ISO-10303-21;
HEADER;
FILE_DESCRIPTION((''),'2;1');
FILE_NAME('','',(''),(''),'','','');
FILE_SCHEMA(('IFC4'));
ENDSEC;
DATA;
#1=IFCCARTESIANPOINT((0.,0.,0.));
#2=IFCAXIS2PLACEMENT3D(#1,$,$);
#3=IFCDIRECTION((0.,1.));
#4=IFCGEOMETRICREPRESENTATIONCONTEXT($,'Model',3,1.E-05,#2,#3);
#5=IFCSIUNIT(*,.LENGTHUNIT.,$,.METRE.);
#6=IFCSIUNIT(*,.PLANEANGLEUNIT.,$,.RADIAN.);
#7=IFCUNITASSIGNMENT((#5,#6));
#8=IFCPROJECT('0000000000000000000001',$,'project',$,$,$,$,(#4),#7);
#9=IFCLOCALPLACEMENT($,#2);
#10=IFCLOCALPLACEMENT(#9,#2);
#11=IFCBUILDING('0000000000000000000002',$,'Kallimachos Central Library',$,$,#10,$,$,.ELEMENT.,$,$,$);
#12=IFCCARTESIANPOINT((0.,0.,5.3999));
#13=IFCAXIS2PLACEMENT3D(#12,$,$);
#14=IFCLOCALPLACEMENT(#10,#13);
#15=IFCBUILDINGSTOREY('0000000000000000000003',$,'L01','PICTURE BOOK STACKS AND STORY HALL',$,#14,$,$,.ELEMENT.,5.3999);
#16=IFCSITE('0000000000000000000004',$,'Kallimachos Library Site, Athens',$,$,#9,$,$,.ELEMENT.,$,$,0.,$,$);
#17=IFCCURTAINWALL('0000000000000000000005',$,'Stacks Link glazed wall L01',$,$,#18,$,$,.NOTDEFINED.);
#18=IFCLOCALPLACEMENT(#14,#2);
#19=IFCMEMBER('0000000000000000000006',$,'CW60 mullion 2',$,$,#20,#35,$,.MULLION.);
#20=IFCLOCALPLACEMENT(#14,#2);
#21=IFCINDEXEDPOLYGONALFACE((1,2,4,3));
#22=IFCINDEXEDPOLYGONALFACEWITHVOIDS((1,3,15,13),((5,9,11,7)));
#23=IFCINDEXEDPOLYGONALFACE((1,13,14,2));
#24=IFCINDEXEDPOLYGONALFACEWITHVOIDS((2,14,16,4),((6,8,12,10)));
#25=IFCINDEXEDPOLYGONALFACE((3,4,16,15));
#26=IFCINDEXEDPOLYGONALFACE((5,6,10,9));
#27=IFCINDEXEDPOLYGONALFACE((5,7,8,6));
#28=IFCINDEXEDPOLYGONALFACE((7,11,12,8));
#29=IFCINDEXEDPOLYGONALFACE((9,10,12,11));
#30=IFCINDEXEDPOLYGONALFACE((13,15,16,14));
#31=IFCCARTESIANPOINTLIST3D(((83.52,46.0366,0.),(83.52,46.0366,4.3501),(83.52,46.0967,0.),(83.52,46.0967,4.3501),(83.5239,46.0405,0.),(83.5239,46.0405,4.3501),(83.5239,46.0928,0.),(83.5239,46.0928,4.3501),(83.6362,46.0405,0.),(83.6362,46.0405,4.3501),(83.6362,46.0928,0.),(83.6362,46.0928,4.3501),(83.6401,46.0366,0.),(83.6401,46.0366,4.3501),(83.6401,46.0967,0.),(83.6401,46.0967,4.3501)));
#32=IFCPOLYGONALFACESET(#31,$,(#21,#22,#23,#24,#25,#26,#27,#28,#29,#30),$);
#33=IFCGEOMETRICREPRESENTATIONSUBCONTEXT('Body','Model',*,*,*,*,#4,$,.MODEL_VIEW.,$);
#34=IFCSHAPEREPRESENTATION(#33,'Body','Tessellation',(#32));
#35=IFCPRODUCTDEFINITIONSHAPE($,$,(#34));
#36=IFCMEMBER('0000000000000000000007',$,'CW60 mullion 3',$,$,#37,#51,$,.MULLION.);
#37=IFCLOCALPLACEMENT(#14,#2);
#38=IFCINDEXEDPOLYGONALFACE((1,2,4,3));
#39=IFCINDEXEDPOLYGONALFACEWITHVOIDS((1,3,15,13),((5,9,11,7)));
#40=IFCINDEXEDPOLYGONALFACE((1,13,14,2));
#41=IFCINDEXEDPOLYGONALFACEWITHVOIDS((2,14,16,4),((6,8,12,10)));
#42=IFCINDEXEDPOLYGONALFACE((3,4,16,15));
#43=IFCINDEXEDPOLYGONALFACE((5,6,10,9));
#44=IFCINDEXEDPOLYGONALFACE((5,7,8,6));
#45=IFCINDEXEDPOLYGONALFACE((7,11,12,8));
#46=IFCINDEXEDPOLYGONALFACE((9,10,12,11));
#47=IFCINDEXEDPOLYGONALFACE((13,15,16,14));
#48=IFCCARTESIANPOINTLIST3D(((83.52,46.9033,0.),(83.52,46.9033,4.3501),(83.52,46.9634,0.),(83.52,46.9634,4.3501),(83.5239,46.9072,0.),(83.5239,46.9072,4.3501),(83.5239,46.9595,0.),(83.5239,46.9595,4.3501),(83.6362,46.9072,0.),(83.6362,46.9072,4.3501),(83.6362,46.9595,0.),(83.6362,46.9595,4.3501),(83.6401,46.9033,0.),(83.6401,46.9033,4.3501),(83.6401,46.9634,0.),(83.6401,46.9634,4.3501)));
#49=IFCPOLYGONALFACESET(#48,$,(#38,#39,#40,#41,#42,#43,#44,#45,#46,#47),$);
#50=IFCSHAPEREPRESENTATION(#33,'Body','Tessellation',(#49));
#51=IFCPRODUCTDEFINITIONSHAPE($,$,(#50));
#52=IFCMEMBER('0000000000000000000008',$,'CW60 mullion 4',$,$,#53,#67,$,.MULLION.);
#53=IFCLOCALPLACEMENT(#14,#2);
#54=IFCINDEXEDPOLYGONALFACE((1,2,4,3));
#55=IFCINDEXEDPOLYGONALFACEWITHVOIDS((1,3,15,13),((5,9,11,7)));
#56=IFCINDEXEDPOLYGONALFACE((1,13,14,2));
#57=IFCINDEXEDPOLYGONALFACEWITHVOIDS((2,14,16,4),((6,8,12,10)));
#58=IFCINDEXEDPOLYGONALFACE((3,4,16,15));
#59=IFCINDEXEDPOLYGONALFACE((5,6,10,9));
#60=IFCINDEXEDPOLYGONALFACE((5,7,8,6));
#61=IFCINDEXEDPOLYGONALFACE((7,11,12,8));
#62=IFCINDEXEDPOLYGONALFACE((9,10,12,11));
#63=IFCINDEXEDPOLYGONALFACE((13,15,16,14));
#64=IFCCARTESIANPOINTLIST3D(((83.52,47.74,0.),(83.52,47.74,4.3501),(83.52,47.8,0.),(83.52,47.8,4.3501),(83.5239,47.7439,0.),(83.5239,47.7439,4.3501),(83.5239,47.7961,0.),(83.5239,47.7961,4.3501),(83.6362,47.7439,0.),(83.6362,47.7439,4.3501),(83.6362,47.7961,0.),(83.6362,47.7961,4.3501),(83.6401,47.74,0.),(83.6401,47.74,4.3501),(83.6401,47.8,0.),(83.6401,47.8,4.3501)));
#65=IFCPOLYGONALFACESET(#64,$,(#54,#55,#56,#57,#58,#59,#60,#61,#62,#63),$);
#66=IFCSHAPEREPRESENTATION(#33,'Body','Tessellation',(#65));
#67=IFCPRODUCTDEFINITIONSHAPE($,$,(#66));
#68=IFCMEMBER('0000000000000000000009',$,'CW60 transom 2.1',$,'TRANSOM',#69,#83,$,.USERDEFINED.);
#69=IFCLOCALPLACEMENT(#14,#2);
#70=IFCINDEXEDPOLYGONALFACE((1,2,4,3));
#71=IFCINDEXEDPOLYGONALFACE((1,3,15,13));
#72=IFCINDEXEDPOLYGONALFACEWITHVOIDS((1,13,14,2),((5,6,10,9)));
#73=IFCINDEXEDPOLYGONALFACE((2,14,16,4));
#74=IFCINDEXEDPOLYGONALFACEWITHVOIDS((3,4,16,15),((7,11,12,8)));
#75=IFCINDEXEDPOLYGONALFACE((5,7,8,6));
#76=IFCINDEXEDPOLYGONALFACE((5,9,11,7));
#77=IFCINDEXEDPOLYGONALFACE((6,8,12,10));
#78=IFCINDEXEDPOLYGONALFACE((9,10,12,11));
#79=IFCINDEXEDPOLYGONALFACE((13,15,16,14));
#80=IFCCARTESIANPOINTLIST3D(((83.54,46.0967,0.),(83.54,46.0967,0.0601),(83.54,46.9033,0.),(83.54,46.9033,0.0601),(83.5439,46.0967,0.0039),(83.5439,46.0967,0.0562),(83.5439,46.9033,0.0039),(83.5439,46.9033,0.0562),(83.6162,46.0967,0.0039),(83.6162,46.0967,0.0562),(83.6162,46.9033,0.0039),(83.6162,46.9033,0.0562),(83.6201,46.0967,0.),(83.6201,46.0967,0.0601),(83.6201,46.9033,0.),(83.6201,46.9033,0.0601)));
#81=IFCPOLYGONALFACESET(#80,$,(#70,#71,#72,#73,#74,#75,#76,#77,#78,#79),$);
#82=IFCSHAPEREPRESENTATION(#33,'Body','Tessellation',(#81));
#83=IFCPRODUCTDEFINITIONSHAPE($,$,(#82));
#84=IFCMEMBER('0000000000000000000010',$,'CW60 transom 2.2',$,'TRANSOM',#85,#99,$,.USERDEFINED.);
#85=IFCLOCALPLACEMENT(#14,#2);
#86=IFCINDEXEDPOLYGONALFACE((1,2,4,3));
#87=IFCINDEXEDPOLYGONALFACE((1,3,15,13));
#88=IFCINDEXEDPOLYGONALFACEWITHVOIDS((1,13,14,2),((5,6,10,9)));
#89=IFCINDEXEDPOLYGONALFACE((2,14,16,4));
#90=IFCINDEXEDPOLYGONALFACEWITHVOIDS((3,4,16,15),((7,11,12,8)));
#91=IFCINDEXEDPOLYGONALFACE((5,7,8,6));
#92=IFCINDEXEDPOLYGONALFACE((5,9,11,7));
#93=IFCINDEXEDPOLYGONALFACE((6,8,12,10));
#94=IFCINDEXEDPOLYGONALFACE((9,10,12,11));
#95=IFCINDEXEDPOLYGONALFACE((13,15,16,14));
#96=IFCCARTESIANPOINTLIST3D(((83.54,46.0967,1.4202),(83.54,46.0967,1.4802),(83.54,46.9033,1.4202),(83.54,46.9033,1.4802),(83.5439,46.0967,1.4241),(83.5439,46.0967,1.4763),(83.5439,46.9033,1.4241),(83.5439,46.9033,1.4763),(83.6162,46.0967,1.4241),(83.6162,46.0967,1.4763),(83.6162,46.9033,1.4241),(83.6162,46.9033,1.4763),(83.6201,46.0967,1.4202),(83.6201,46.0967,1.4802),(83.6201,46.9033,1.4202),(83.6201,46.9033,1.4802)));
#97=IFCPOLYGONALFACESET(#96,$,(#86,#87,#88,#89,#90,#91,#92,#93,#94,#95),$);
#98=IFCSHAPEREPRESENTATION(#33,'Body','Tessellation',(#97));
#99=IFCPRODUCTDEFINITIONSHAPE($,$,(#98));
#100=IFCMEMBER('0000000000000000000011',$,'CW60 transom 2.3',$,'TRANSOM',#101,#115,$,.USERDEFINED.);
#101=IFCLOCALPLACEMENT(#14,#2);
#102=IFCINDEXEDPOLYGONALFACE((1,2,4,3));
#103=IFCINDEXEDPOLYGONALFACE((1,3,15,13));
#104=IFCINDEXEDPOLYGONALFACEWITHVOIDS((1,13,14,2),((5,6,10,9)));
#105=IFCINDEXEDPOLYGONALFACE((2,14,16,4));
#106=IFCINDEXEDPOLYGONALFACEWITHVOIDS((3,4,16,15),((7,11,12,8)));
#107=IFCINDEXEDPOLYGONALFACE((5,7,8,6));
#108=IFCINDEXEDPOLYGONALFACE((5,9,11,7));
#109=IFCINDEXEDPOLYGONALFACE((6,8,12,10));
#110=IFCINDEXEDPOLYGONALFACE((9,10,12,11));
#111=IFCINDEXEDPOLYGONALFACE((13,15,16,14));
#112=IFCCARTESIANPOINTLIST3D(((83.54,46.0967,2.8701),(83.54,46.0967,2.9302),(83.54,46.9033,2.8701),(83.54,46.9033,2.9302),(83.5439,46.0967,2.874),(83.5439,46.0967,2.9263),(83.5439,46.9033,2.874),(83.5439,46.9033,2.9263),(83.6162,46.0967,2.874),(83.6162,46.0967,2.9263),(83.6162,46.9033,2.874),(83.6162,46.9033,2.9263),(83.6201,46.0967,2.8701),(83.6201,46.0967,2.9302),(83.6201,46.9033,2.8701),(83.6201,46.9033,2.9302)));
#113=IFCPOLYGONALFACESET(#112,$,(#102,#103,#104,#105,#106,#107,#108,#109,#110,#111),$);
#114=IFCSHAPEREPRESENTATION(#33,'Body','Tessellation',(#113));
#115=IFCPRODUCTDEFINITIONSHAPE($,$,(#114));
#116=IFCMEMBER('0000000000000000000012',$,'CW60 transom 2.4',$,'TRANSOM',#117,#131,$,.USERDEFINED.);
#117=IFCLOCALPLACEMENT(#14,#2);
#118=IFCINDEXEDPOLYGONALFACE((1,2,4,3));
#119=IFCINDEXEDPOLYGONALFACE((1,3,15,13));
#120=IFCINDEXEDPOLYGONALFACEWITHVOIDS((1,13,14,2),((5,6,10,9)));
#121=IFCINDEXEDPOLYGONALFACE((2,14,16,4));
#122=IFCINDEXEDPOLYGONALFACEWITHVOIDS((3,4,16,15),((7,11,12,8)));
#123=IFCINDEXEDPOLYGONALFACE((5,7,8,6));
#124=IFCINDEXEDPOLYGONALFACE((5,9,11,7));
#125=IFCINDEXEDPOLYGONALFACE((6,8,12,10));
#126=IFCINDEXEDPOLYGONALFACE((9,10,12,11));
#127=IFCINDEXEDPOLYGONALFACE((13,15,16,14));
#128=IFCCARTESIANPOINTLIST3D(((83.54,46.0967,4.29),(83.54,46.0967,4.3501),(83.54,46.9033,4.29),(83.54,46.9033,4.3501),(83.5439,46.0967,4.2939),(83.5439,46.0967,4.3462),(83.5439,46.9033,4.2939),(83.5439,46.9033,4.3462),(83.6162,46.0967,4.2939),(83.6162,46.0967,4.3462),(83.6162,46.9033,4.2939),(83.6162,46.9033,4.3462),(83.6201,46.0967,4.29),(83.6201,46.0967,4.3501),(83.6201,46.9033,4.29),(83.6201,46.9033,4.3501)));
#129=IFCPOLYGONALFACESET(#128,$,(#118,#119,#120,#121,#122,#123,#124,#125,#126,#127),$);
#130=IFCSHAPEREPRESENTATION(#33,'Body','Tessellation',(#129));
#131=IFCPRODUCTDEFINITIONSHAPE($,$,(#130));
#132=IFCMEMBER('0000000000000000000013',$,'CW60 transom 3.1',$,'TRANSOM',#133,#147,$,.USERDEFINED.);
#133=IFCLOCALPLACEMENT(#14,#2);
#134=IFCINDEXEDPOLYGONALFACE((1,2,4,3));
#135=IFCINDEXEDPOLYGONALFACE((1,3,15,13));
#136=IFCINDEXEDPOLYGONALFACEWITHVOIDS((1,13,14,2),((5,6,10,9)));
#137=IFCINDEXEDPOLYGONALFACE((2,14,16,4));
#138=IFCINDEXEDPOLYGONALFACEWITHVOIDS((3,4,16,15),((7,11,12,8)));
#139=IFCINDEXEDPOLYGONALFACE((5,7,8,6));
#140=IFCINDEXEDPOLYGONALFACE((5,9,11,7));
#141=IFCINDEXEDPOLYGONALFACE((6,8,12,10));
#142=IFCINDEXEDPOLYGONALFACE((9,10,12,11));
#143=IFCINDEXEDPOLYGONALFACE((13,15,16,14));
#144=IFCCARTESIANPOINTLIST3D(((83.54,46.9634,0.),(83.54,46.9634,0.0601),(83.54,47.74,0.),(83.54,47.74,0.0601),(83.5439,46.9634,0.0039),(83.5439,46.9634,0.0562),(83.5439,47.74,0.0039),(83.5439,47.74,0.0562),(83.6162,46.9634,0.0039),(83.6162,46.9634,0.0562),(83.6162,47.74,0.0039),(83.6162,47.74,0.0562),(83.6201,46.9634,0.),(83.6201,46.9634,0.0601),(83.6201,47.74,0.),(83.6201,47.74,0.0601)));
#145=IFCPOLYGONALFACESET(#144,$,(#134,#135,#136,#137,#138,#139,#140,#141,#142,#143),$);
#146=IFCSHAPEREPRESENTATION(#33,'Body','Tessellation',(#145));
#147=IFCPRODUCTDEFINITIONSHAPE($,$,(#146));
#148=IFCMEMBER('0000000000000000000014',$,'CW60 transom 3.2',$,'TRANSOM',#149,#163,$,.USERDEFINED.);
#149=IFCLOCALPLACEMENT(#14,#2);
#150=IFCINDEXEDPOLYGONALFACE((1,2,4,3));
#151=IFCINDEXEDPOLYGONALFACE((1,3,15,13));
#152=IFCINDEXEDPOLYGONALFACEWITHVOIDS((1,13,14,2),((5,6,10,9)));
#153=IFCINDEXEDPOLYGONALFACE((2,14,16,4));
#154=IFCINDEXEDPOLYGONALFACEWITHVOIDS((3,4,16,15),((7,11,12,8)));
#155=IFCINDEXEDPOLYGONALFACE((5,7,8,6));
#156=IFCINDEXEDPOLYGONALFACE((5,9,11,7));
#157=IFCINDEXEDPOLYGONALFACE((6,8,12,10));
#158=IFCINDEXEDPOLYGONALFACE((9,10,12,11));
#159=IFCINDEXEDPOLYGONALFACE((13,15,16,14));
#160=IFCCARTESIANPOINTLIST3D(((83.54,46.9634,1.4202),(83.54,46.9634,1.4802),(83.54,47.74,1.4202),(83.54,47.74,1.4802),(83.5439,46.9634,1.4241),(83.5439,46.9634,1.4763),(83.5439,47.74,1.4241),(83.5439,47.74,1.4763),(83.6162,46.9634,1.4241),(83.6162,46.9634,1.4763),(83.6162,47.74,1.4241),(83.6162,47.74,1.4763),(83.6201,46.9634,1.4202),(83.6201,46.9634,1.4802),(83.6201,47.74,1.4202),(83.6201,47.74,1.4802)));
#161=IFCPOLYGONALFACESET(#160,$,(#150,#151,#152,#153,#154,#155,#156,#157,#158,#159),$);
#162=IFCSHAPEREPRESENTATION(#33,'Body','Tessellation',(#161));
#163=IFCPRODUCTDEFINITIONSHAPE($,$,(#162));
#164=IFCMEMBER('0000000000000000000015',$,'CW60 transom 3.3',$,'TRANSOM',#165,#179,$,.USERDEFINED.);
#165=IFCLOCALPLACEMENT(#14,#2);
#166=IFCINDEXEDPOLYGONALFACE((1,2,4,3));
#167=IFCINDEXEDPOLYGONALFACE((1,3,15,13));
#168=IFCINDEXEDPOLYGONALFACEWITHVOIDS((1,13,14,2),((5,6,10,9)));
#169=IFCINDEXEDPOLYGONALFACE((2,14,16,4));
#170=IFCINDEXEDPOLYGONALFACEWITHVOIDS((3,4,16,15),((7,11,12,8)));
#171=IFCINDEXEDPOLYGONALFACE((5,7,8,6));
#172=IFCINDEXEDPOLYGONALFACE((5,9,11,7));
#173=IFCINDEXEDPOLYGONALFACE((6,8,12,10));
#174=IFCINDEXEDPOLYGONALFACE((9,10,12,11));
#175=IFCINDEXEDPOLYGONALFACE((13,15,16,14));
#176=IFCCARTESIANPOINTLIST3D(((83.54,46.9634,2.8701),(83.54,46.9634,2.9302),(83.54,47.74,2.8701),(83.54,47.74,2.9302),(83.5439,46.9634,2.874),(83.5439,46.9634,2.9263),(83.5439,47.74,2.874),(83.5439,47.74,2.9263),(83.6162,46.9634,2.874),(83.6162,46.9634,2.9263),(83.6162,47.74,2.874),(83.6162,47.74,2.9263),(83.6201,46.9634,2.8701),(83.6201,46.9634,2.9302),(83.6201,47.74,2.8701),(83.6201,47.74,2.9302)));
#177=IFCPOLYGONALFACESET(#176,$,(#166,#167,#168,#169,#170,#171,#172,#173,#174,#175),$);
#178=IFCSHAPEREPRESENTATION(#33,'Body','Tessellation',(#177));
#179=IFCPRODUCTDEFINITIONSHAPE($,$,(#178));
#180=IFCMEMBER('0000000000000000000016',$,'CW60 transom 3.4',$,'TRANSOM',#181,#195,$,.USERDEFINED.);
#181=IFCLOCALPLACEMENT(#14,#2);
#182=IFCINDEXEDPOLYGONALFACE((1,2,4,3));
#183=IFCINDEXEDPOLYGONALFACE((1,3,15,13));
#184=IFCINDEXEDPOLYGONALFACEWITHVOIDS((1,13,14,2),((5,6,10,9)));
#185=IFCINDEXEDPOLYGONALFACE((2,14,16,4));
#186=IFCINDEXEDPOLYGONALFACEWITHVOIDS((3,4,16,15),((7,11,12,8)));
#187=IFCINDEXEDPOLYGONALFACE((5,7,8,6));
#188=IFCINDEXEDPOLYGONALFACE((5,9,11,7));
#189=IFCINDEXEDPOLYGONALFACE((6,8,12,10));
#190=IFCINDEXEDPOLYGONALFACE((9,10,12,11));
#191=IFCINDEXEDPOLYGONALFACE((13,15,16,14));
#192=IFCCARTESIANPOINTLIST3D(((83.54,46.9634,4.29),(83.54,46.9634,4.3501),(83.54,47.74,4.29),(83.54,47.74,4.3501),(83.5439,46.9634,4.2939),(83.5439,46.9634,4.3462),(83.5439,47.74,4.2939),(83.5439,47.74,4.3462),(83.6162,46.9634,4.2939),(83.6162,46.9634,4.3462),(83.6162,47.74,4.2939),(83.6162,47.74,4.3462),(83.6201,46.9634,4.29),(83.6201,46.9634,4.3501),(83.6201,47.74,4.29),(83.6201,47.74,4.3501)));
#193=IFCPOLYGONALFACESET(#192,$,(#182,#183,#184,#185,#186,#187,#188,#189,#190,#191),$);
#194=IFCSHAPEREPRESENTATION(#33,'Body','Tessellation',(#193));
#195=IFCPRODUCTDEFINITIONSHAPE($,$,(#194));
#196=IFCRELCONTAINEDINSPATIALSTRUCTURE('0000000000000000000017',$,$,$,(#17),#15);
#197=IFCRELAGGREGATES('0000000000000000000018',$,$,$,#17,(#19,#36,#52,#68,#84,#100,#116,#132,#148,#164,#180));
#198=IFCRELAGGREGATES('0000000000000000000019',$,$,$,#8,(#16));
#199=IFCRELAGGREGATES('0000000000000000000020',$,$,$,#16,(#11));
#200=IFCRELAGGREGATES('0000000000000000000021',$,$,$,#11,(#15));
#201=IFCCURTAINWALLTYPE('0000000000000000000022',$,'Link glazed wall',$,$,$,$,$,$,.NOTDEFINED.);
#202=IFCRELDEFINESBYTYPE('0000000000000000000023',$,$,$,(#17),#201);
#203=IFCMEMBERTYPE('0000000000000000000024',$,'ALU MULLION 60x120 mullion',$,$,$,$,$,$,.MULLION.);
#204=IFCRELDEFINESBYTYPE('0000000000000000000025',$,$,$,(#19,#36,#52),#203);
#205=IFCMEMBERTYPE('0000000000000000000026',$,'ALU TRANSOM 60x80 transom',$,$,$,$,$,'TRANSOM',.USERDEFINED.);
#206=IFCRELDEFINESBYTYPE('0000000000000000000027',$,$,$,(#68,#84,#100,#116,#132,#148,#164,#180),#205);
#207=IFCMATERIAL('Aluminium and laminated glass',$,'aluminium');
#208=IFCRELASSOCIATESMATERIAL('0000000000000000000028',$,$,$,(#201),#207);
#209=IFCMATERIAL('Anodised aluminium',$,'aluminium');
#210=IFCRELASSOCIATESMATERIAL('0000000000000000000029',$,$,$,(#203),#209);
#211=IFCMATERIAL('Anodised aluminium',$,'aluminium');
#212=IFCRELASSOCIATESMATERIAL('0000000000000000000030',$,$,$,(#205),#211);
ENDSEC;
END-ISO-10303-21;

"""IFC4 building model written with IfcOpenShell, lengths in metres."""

from ifc_helpers import new_model, si_unit, direction, frame, origin, origin_2d, place, context, subcontext, project, spatial, hollow_rectangle, extrude, material, material_profile, profile_set, type_object, element, aggregate, save


model = new_model("IFC4")

# Units and contexts
model_context = context("Model", 3, precision=1e-05, world=origin(), true_north=direction((0.0, 1.0)))
body_context = subcontext(model_context, "Body", "Model", "MODEL_VIEW")
ifc_project = project(units=[si_unit("LENGTHUNIT", "METRE"), si_unit("PLANEANGLEUNIT", "RADIAN")], contexts=[model_context])

# Site, building, storey
site_placement = place(None, origin())
site = spatial("IfcSite", under=ifc_project, at=site_placement, Name="Kallimachos Library Site, Athens", CompositionType="ELEMENT", RefElevation=0.0)
building_placement = place(site_placement, origin())
building = spatial("IfcBuilding", under=site, at=building_placement, Name="Kallimachos Central Library", CompositionType="ELEMENT")
storey_placement = place(building_placement, frame((0.0, 0.0, 5.3999)))
storey = spatial("IfcBuildingStorey", under=building, at=storey_placement, Name="L01", Description="PICTURE BOOK STACKS AND STORY HALL", CompositionType="ELEMENT", Elevation=5.3999)

# Curtain wall, members
ifc_material_1 = material(Name="Aluminium and laminated glass", Category="aluminium")
curtain_wall_type = type_object("IfcCurtainWallType", Name="Link glazed wall", PredefinedType="NOTDEFINED", material=ifc_material_1)
curtain_wall_placement = place(storey_placement, origin())
curtain_wall = element("IfcCurtainWall", 1, at=curtain_wall_placement, inside=storey, type_object=curtain_wall_type, Name="Stacks Link glazed wall L01", PredefinedType="NOTDEFINED")
ifc_material_2 = material(Name="Anodised aluminium", Category="aluminium")
ifc_material_profile_1 = material_profile(ifc_material_2, hollow_rectangle(XDim=0.0601, YDim=0.1201, WallThickness=0.0039, at=origin_2d()), Name="ALU MULLION 60x120")
ifc_profile_set_1 = profile_set([ifc_material_profile_1], Name="Anodised aluminium")
member_type_1 = type_object("IfcMemberType", Name="ALU MULLION 60x120 mullion", PredefinedType="MULLION", material=ifc_profile_set_1)
member_1_placement = place(storey_placement, frame((83.5801, 46.0667, 0.0), z_axis=(0.0, 0.0, 1.0), x_axis=(0.0, 1.0, 0.0)))
member_1 = element("IfcMember", 2, at=member_1_placement, type_object=member_type_1, Name="CW60 mullion 2", PredefinedType="MULLION", context=body_context, shape_type="SweptSolid", body=[
    extrude(hollow_rectangle(XDim=0.0601, YDim=0.1201, WallThickness=0.0039, at=origin_2d()), origin(), (0.0, 0.0, 1.0), 4.3501),
])
member_2_placement = place(storey_placement, frame((83.5801, 46.9333, 0.0), z_axis=(0.0, 0.0, 1.0), x_axis=(0.0, 1.0, 0.0)))
member_2 = element("IfcMember", 3, at=member_2_placement, type_object=member_type_1, Name="CW60 mullion 3", PredefinedType="MULLION", context=body_context, shape_type="SweptSolid", body=[
    extrude(hollow_rectangle(XDim=0.0601, YDim=0.1201, WallThickness=0.0039, at=origin_2d()), origin(), (0.0, 0.0, 1.0), 4.3501),
])
member_3_placement = place(storey_placement, frame((83.5801, 47.77, 0.0), z_axis=(0.0, 0.0, 1.0), x_axis=(0.0, 1.0, 0.0)))
member_3 = element("IfcMember", 4, at=member_3_placement, type_object=member_type_1, Name="CW60 mullion 4", PredefinedType="MULLION", context=body_context, shape_type="SweptSolid", body=[
    extrude(hollow_rectangle(XDim=0.0601, YDim=0.1201, WallThickness=0.0039, at=origin_2d()), origin(), (0.0, 0.0, 1.0), 4.3501),
])
ifc_material_3 = material(Name="Anodised aluminium", Category="aluminium")
ifc_material_profile_2 = material_profile(ifc_material_3, hollow_rectangle(XDim=0.0601, YDim=0.0801, WallThickness=0.0039, at=origin_2d()), Name="ALU TRANSOM 60x80")
ifc_profile_set_2 = profile_set([ifc_material_profile_2], Name="Anodised aluminium")
member_type_2 = type_object("IfcMemberType", Name="ALU TRANSOM 60x80 transom", ElementType="TRANSOM", PredefinedType="USERDEFINED", material=ifc_profile_set_2)
member_4_placement = place(storey_placement, frame((83.5801, 46.0967, 0.03), z_axis=(0.0, 1.0, 0.0), x_axis=(0.0, 0.0, 1.0)))
member_4 = element("IfcMember", 5, at=member_4_placement, type_object=member_type_2, Name="CW60 transom 2.1", ObjectType="TRANSOM", PredefinedType="USERDEFINED", context=body_context, shape_type="SweptSolid", body=[
    extrude(hollow_rectangle(XDim=0.0601, YDim=0.0801, WallThickness=0.0039, at=origin_2d()), origin(), (0.0, 0.0, 1.0), 0.8066),
])
member_5_placement = place(storey_placement, frame((83.5801, 46.0967, 1.4502), z_axis=(0.0, 1.0, 0.0), x_axis=(0.0, 0.0, 1.0)))
member_5 = element("IfcMember", 6, at=member_5_placement, type_object=member_type_2, Name="CW60 transom 2.2", ObjectType="TRANSOM", PredefinedType="USERDEFINED", context=body_context, shape_type="SweptSolid", body=[
    extrude(hollow_rectangle(XDim=0.0601, YDim=0.0801, WallThickness=0.0039, at=origin_2d()), origin(), (0.0, 0.0, 1.0), 0.8066),
])
member_6_placement = place(storey_placement, frame((83.5801, 46.0967, 2.9001), z_axis=(0.0, 1.0, 0.0), x_axis=(0.0, 0.0, 1.0)))
member_6 = element("IfcMember", 7, at=member_6_placement, type_object=member_type_2, Name="CW60 transom 2.3", ObjectType="TRANSOM", PredefinedType="USERDEFINED", context=body_context, shape_type="SweptSolid", body=[
    extrude(hollow_rectangle(XDim=0.0601, YDim=0.0801, WallThickness=0.0039, at=origin_2d()), origin(), (0.0, 0.0, 1.0), 0.8066),
])
member_7_placement = place(storey_placement, frame((83.5801, 46.0967, 4.3201), z_axis=(0.0, 1.0, 0.0), x_axis=(0.0, 0.0, 1.0)))
member_7 = element("IfcMember", 8, at=member_7_placement, type_object=member_type_2, Name="CW60 transom 2.4", ObjectType="TRANSOM", PredefinedType="USERDEFINED", context=body_context, shape_type="SweptSolid", body=[
    extrude(hollow_rectangle(XDim=0.0601, YDim=0.0801, WallThickness=0.0039, at=origin_2d()), origin(), (0.0, 0.0, 1.0), 0.8066),
])
member_8_placement = place(storey_placement, frame((83.5801, 46.9634, 0.03), z_axis=(0.0, 1.0, 0.0), x_axis=(0.0, 0.0, 1.0)))
member_8 = element("IfcMember", 9, at=member_8_placement, type_object=member_type_2, Name="CW60 transom 3.1", ObjectType="TRANSOM", PredefinedType="USERDEFINED", context=body_context, shape_type="SweptSolid", body=[
    extrude(hollow_rectangle(XDim=0.0601, YDim=0.0801, WallThickness=0.0039, at=origin_2d()), origin(), (0.0, 0.0, 1.0), 0.7766),
])
member_9_placement = place(storey_placement, frame((83.5801, 46.9634, 1.4502), z_axis=(0.0, 1.0, 0.0), x_axis=(0.0, 0.0, 1.0)))
member_9 = element("IfcMember", 10, at=member_9_placement, type_object=member_type_2, Name="CW60 transom 3.2", ObjectType="TRANSOM", PredefinedType="USERDEFINED", context=body_context, shape_type="SweptSolid", body=[
    extrude(hollow_rectangle(XDim=0.0601, YDim=0.0801, WallThickness=0.0039, at=origin_2d()), origin(), (0.0, 0.0, 1.0), 0.7766),
])
member_10_placement = place(storey_placement, frame((83.5801, 46.9634, 2.9001), z_axis=(0.0, 1.0, 0.0), x_axis=(0.0, 0.0, 1.0)))
member_10 = element("IfcMember", 11, at=member_10_placement, type_object=member_type_2, Name="CW60 transom 3.3", ObjectType="TRANSOM", PredefinedType="USERDEFINED", context=body_context, shape_type="SweptSolid", body=[
    extrude(hollow_rectangle(XDim=0.0601, YDim=0.0801, WallThickness=0.0039, at=origin_2d()), origin(), (0.0, 0.0, 1.0), 0.7766),
])
member_11_placement = place(storey_placement, frame((83.5801, 46.9634, 4.3201), z_axis=(0.0, 1.0, 0.0), x_axis=(0.0, 0.0, 1.0)))
member_11 = element("IfcMember", 12, at=member_11_placement, type_object=member_type_2, Name="CW60 transom 3.4", ObjectType="TRANSOM", PredefinedType="USERDEFINED", context=body_context, shape_type="SweptSolid", body=[
    extrude(hollow_rectangle(XDim=0.0601, YDim=0.0801, WallThickness=0.0039, at=origin_2d()), origin(), (0.0, 0.0, 1.0), 0.7766),
])

aggregate(curtain_wall, [member_1, member_2, member_3, member_4, member_5, member_6, member_7, member_8, member_9, member_10, member_11])

save(model, "model.ifc")
